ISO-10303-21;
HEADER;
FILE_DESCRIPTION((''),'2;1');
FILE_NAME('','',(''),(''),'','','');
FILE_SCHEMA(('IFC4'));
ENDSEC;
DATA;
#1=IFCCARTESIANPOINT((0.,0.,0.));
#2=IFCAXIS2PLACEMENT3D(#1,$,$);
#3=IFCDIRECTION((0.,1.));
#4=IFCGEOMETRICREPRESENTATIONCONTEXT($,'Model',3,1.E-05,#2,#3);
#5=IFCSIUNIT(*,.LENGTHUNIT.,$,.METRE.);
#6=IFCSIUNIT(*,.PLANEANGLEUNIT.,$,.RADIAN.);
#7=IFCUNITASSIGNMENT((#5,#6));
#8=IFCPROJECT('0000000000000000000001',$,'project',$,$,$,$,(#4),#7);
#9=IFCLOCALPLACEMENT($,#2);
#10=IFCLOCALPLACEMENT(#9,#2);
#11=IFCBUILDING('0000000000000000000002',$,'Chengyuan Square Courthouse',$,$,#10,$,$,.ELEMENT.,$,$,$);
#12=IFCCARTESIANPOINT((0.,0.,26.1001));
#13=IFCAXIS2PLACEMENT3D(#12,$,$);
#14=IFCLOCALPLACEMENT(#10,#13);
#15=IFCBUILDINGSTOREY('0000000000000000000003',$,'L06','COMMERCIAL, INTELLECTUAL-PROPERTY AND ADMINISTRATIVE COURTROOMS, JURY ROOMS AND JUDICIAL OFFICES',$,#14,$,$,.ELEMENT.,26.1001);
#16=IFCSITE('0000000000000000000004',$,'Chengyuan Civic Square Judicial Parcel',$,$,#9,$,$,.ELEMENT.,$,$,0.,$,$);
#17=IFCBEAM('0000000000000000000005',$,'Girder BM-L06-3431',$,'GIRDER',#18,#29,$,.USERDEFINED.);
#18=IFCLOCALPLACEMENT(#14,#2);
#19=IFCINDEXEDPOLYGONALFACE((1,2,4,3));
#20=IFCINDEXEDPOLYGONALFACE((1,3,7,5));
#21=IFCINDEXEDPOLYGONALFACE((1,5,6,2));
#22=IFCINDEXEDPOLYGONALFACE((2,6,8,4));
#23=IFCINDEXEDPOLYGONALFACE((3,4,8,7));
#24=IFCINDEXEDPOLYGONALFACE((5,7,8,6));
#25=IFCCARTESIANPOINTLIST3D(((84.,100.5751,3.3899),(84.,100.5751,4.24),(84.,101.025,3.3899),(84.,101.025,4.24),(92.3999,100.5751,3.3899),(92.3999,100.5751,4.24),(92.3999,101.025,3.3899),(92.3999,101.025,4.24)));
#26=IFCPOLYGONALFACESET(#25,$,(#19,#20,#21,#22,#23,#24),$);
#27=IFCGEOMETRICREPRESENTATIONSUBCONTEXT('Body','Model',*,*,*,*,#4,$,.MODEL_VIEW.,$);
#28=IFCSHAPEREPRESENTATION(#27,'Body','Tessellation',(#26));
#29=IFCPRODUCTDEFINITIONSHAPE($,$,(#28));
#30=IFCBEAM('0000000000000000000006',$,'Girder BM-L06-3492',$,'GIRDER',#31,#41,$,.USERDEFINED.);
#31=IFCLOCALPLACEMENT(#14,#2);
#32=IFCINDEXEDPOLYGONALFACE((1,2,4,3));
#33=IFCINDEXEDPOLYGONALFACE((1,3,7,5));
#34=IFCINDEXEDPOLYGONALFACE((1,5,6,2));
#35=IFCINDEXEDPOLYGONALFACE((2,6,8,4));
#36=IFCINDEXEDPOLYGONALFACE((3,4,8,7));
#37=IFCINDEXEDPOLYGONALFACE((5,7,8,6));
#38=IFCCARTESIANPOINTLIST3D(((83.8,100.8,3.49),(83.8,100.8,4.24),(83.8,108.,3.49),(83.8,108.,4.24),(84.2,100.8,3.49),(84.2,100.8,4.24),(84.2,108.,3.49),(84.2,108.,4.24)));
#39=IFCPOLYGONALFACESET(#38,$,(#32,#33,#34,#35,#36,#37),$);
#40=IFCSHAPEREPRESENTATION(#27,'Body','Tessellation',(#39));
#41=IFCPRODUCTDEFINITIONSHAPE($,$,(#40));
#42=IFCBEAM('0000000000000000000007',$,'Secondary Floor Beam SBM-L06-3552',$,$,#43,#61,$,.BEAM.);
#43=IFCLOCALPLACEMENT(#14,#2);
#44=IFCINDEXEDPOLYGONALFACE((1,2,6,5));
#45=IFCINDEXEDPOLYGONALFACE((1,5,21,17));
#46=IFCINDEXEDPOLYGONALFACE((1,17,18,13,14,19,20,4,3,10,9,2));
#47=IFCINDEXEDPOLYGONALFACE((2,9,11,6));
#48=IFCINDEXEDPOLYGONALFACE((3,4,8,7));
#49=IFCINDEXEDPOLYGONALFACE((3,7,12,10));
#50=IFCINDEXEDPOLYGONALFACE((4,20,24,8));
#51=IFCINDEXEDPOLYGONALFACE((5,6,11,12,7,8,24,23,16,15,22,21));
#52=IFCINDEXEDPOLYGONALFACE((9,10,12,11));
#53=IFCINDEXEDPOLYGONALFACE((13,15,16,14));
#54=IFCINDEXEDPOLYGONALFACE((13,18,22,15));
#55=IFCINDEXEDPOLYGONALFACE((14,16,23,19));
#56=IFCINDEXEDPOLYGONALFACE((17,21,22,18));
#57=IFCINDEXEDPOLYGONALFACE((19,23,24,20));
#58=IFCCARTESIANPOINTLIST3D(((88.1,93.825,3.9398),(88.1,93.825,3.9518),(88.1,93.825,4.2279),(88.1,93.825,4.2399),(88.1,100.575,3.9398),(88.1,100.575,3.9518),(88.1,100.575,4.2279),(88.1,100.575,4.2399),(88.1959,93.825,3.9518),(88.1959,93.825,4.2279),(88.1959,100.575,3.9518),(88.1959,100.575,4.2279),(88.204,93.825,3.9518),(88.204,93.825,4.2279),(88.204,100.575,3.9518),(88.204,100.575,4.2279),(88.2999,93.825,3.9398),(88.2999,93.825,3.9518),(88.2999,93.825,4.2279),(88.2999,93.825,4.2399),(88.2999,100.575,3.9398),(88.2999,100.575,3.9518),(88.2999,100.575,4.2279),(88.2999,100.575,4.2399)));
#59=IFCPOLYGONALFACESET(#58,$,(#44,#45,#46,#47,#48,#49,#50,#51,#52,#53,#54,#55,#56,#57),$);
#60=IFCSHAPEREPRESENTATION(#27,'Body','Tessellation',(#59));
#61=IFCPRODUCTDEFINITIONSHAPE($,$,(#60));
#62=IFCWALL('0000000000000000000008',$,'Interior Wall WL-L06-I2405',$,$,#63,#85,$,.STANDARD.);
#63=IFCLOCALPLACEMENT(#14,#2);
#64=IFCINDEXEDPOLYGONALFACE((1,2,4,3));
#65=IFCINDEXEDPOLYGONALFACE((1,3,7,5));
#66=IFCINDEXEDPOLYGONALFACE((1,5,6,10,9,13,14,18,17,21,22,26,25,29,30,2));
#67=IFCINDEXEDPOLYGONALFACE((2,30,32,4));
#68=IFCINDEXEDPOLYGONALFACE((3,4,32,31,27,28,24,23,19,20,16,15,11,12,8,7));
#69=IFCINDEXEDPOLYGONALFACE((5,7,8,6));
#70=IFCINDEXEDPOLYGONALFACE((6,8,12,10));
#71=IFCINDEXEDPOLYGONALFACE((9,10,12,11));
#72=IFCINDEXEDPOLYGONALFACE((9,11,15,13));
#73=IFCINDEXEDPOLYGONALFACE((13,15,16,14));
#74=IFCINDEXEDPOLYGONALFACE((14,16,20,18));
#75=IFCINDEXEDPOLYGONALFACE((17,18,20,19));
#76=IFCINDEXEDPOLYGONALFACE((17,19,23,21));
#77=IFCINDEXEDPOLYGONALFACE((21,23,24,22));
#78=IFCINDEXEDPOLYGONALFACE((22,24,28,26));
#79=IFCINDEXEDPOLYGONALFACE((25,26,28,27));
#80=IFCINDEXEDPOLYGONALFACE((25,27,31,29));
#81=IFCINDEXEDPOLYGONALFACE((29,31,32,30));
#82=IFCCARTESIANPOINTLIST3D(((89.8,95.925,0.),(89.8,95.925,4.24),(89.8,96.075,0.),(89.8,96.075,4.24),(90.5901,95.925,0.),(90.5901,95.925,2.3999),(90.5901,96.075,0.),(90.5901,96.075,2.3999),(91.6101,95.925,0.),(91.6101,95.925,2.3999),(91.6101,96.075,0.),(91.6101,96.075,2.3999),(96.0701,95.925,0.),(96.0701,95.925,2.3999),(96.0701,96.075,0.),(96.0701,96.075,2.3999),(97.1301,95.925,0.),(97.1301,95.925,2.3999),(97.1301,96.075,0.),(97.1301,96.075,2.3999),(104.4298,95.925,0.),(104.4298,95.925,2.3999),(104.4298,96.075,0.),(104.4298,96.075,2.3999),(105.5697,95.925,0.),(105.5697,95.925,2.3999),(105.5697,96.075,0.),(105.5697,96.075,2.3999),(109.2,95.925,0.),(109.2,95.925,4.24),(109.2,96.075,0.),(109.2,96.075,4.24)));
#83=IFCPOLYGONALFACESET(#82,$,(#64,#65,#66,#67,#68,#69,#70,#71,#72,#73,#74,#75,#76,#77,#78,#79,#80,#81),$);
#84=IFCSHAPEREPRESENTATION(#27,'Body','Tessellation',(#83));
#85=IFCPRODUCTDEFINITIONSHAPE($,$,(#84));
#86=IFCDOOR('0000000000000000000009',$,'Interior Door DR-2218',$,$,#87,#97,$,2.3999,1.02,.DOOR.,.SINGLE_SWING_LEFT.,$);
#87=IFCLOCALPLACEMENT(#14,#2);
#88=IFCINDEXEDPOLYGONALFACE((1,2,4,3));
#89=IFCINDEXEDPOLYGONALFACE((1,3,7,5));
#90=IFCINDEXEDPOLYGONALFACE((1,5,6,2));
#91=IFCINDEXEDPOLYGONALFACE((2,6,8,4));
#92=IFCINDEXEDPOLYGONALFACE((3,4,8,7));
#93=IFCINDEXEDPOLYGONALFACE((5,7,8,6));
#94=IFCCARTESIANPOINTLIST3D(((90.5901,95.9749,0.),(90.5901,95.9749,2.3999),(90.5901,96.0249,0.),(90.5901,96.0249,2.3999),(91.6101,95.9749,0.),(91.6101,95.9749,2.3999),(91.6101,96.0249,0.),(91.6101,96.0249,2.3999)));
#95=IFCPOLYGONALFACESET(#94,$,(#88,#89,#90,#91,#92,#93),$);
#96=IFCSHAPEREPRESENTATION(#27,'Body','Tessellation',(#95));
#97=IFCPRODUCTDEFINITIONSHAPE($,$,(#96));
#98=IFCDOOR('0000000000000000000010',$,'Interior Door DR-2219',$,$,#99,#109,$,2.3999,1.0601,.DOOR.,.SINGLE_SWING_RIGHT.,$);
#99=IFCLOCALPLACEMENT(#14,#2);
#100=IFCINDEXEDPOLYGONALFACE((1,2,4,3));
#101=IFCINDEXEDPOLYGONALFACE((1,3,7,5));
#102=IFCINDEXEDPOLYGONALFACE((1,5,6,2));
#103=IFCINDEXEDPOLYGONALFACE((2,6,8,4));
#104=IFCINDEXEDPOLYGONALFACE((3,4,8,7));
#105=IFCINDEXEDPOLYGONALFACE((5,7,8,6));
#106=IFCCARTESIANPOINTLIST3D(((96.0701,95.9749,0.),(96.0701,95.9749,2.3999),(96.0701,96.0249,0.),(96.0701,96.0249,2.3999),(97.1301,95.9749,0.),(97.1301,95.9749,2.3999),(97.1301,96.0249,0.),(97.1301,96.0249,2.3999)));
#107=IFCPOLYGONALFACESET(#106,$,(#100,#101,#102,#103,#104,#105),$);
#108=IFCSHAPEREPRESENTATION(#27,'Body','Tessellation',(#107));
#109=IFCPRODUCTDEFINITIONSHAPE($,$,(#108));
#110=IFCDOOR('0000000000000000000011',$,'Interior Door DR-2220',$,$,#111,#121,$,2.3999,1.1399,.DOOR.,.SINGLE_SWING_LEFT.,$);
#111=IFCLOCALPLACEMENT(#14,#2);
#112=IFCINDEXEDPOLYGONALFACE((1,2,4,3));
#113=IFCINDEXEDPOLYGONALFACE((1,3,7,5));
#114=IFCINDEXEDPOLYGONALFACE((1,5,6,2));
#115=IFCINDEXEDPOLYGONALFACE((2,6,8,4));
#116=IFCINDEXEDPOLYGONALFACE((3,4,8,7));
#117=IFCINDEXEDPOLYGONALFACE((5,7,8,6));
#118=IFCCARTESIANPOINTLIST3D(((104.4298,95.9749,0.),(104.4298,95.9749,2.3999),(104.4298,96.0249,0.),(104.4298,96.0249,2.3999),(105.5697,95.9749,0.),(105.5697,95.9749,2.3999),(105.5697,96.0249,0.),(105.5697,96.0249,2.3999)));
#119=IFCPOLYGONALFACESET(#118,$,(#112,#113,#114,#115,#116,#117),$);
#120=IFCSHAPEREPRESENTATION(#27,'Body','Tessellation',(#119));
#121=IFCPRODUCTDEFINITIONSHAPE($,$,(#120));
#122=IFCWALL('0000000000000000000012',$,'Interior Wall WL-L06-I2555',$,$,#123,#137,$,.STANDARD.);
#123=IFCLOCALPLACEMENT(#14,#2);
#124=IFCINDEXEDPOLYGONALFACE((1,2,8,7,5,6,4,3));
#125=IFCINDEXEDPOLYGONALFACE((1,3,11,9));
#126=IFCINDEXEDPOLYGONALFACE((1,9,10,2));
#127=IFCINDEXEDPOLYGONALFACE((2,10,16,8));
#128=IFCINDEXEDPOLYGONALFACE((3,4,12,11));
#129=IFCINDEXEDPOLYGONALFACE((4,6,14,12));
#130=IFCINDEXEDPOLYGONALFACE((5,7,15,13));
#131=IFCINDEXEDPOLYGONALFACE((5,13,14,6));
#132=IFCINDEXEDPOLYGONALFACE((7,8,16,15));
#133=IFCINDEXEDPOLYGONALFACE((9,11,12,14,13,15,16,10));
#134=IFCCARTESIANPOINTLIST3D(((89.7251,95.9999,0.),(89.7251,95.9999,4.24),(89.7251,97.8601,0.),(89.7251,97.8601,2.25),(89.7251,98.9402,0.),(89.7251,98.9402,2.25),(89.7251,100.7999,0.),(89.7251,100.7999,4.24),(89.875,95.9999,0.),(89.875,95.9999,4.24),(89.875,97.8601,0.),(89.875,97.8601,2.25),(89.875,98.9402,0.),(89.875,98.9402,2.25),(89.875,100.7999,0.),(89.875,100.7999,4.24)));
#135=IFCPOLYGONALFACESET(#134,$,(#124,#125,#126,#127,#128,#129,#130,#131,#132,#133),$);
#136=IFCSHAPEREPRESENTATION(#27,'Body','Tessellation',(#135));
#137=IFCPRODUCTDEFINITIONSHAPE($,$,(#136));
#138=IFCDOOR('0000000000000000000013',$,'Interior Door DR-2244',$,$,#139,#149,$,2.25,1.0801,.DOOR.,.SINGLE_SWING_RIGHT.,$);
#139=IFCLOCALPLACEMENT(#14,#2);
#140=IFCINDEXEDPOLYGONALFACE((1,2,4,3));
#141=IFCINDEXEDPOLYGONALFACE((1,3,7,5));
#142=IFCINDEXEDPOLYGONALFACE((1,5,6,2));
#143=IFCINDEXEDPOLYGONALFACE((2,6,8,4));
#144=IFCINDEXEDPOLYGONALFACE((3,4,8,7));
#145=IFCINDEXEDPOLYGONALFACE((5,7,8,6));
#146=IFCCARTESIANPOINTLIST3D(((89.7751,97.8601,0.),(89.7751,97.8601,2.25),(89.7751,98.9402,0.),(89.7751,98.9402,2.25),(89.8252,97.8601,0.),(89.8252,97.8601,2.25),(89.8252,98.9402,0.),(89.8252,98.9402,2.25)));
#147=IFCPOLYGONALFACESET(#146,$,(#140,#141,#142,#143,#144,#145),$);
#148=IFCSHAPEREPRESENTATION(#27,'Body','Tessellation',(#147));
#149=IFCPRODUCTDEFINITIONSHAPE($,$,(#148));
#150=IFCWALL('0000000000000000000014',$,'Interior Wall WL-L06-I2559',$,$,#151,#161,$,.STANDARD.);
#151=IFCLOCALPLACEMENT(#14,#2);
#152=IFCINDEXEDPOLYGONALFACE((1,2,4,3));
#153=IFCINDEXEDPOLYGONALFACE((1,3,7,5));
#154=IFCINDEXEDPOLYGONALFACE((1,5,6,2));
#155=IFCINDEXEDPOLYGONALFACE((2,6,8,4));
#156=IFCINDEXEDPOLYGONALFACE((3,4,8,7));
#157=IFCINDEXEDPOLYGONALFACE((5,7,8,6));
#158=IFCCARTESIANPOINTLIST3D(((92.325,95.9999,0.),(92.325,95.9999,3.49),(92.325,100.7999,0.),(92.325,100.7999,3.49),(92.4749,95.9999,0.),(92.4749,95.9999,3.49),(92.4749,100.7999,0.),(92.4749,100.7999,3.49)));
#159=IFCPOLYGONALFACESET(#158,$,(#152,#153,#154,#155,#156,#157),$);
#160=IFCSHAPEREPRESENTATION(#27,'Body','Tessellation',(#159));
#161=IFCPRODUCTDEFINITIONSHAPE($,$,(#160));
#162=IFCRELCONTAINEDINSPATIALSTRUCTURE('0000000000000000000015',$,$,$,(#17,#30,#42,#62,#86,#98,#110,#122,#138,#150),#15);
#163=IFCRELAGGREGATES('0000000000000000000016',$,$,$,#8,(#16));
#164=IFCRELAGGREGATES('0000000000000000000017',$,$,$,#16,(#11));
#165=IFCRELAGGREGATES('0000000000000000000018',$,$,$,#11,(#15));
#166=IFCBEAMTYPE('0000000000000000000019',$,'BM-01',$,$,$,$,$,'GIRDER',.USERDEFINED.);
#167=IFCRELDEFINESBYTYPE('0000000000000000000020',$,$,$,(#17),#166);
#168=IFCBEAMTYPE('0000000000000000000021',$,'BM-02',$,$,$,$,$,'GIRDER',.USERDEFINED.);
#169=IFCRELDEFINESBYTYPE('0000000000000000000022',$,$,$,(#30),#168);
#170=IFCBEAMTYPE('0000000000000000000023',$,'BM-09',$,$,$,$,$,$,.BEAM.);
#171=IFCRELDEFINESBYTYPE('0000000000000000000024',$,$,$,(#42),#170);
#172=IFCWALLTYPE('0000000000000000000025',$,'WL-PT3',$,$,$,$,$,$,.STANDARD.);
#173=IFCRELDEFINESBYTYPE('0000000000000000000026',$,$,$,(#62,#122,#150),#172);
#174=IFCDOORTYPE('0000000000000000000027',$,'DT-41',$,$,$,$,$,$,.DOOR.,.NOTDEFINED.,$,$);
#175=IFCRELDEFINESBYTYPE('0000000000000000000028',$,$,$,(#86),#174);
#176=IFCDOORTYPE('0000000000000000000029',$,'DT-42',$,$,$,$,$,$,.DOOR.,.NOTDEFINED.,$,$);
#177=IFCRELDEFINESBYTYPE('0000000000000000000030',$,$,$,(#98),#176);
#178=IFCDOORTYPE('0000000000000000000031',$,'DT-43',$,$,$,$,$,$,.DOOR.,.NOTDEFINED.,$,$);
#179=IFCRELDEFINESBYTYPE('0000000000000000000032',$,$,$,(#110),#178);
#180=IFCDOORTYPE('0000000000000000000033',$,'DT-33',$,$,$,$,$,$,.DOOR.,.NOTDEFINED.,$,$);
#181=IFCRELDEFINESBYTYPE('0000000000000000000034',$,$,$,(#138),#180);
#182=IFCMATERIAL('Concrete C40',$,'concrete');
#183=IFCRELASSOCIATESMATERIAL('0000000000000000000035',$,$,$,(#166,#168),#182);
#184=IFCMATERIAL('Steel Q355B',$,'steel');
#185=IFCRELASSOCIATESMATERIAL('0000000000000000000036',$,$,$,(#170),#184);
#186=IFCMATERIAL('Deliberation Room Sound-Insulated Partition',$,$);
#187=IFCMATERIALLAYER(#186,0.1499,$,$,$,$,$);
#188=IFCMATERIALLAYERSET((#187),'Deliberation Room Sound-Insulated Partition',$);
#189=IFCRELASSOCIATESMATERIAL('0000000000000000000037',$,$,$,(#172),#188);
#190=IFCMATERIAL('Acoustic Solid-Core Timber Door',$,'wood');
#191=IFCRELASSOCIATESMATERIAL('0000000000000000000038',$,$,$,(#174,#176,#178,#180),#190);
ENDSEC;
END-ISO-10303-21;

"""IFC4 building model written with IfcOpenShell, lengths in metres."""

from ifc_helpers import new_model, si_unit, direction, frame, frame_2d, origin, origin_2d, place, context, subcontext, project, spatial, rectangle, i_section, extrude, material, layer, layer_set, material_profile, profile_set, type_object, element, fill, save


model = new_model("IFC4")

# Units and contexts
model_context = context("Model", 3, precision=1e-05, world=origin(), true_north=direction((0.0, 1.0)))
body_context = subcontext(model_context, "Body", "Model", "MODEL_VIEW")
ifc_project = project(units=[si_unit("LENGTHUNIT", "METRE"), si_unit("PLANEANGLEUNIT", "RADIAN")], contexts=[model_context])

# Site, building, storey
site_placement = place(None, origin())
site = spatial("IfcSite", under=ifc_project, at=site_placement, Name="Chengyuan Civic Square Judicial Parcel", CompositionType="ELEMENT", RefElevation=0.0)
building_placement = place(site_placement, origin())
building = spatial("IfcBuilding", under=site, at=building_placement, Name="Chengyuan Square Courthouse", CompositionType="ELEMENT")
storey_placement = place(building_placement, frame((0.0, 0.0, 26.1001)))
storey = spatial("IfcBuildingStorey", under=building, at=storey_placement, Name="L06", Description="COMMERCIAL, INTELLECTUAL-PROPERTY AND ADMINISTRATIVE COURTROOMS, JURY ROOMS AND JUDICIAL OFFICES", CompositionType="ELEMENT", Elevation=26.1001)

# Beams
ifc_material_1 = material(Name="Concrete C40", Category="concrete")
ifc_material_profile_1 = material_profile(ifc_material_1, rectangle(XDim=0.45, YDim=0.8501, at=origin_2d()), Name="RC-BM-450x850")
ifc_profile_set_1 = profile_set([ifc_material_profile_1], Name="Concrete C40")
beam_type_1 = type_object("IfcBeamType", Name="BM-01", ElementType="GIRDER", PredefinedType="USERDEFINED", material=ifc_profile_set_1)
beam_1_placement = place(storey_placement, frame((84.0, 100.8, 3.8149), z_axis=(1.0, 0.0, 0.0), x_axis=(0.0, 1.0, 0.0)))
element("IfcBeam", 1, at=beam_1_placement, inside=storey, type_object=beam_type_1, Name="Girder BM-L06-3431", ObjectType="GIRDER", PredefinedType="USERDEFINED", context=body_context, shape_type="SweptSolid", body=[
    extrude(rectangle(XDim=0.45, YDim=0.8501, at=origin_2d()), origin(), (0.0, 0.0, 1.0), 8.3999),
])
ifc_material_profile_2 = material_profile(ifc_material_1, rectangle(XDim=0.3999, YDim=0.75, at=origin_2d()), Name="RC-BM-400x750")
ifc_profile_set_2 = profile_set([ifc_material_profile_2], Name="Concrete C40")
beam_type_2 = type_object("IfcBeamType", Name="BM-02", ElementType="GIRDER", PredefinedType="USERDEFINED", material=ifc_profile_set_2)
beam_2_placement = place(storey_placement, frame((84.0, 100.8, 3.865), z_axis=(0.0, 1.0, 0.0), x_axis=(-1.0, 0.0, 0.0)))
element("IfcBeam", 2, at=beam_2_placement, inside=storey, type_object=beam_type_2, Name="Girder BM-L06-3492", ObjectType="GIRDER", PredefinedType="USERDEFINED", context=body_context, shape_type="SweptSolid", body=[
    extrude(rectangle(XDim=0.3999, YDim=0.75, at=origin_2d()), origin(), (0.0, 0.0, 1.0), 7.2),
])
ifc_material_2 = material(Name="Steel Q355B", Category="steel")
ifc_material_profile_3 = material_profile(ifc_material_2, i_section(OverallWidth=0.2, OverallDepth=0.3, WebThickness=0.0081, FlangeThickness=0.012, at=origin_2d()), Name="HM 300x200x8x12")
ifc_profile_set_3 = profile_set([ifc_material_profile_3], Name="Steel Q355B")
beam_type_3 = type_object("IfcBeamType", Name="BM-09", PredefinedType="BEAM", material=ifc_profile_set_3)
beam_3_placement = place(storey_placement, frame((88.2, 93.825, 4.0898), z_axis=(0.0, 1.0, 0.0), x_axis=(-1.0, 0.0, 0.0)))
element("IfcBeam", 3, at=beam_3_placement, inside=storey, type_object=beam_type_3, Name="Secondary Floor Beam SBM-L06-3552", PredefinedType="BEAM", context=body_context, shape_type="SweptSolid", body=[
    extrude(i_section(OverallWidth=0.2, OverallDepth=0.3, WebThickness=0.0081, FlangeThickness=0.012, at=origin_2d()), origin(), (0.0, 0.0, 1.0), 6.75),
])

# Wall, openings, doors
ifc_material_3 = material(Name="Deliberation Room Sound-Insulated Partition")
ifc_layer_1 = layer(ifc_material_3, 0.1499)
ifc_layer_set_1 = layer_set([ifc_layer_1], Name="Deliberation Room Sound-Insulated Partition")
wall_type_1 = type_object("IfcWallType", Name="WL-PT3", PredefinedType="STANDARD", material=ifc_layer_set_1)
wall_1_placement = place(storey_placement, frame((89.8, 96.0, 0.0), z_axis=(0.0, 0.0, 1.0), x_axis=(1.0, 0.0, 0.0)))
wall_1 = element("IfcWall", 4, at=wall_1_placement, inside=storey, type_object=wall_type_1, Name="Interior Wall WL-L06-I2405", PredefinedType="STANDARD", context=body_context, shape_type="SweptSolid", body=[
    extrude(rectangle(XDim=19.3999, YDim=0.1499, at=frame_2d((9.7, 0.0))), origin(), (0.0, 0.0, 1.0), 4.24),
])
opening_1_placement = place(wall_1_placement, frame((0.79, 0.0, 0.0)))
opening_1 = element("IfcOpeningElement", 5, at=opening_1_placement, cuts=wall_1, PredefinedType="OPENING", context=body_context, shape_type="SweptSolid", body=[
    extrude(rectangle(XDim=1.02, YDim=2.3999, at=frame_2d((0.51, 1.2))), frame((0.0, 0.0869, 0.0), z_axis=(0.0, -1.0, 0.0), x_axis=(1.0, 0.0, 0.0)), (0.0, 0.0, 1.0), 0.1738),
])
opening_2_placement = place(wall_1_placement, frame((6.27, 0.0, 0.0)))
opening_2 = element("IfcOpeningElement", 6, at=opening_2_placement, cuts=wall_1, PredefinedType="OPENING", context=body_context, shape_type="SweptSolid", body=[
    extrude(rectangle(XDim=1.0601, YDim=2.3999, at=frame_2d((0.53, 1.2))), frame((0.0, 0.0869, 0.0), z_axis=(0.0, -1.0, 0.0), x_axis=(1.0, 0.0, 0.0)), (0.0, 0.0, 1.0), 0.1738),
])
opening_3_placement = place(wall_1_placement, frame((14.6299, 0.0, 0.0)))
opening_3 = element("IfcOpeningElement", 7, at=opening_3_placement, cuts=wall_1, PredefinedType="OPENING", context=body_context, shape_type="SweptSolid", body=[
    extrude(rectangle(XDim=1.1399, YDim=2.3999, at=frame_2d((0.5698, 1.2))), frame((0.0, 0.0869, 0.0), z_axis=(0.0, -1.0, 0.0), x_axis=(1.0, 0.0, 0.0)), (0.0, 0.0, 1.0), 0.1738),
])
ifc_material_4 = material(Name="Acoustic Solid-Core Timber Door", Category="wood")
door_type_1 = type_object("IfcDoorType", Name="DT-41", OperationType="NOTDEFINED", PredefinedType="DOOR", material=ifc_material_4)
door_1_placement = place(opening_1_placement, origin())
door_1 = element("IfcDoor", 8, at=door_1_placement, inside=storey, type_object=door_type_1, Name="Interior Door DR-2218", OperationType="SINGLE_SWING_LEFT", OverallHeight=2.3999, OverallWidth=1.02, PredefinedType="DOOR", context=body_context, shape_type="SweptSolid", body=[
    extrude(rectangle(XDim=1.02, YDim=2.3999, at=frame_2d((0.51, 1.2))), frame((0.0, 0.0249, 0.0), z_axis=(0.0, -1.0, 0.0), x_axis=(1.0, 0.0, 0.0)), (0.0, 0.0, 1.0), 0.05),
])
fill(opening_1, door_1)
door_type_2 = type_object("IfcDoorType", Name="DT-42", OperationType="NOTDEFINED", PredefinedType="DOOR", material=ifc_material_4)
door_2_placement = place(opening_2_placement, origin())
door_2 = element("IfcDoor", 9, at=door_2_placement, inside=storey, type_object=door_type_2, Name="Interior Door DR-2219", OperationType="SINGLE_SWING_RIGHT", OverallHeight=2.3999, OverallWidth=1.0601, PredefinedType="DOOR", context=body_context, shape_type="SweptSolid", body=[
    extrude(rectangle(XDim=1.0601, YDim=2.3999, at=frame_2d((0.53, 1.2))), frame((0.0, 0.0249, 0.0), z_axis=(0.0, -1.0, 0.0), x_axis=(1.0, 0.0, 0.0)), (0.0, 0.0, 1.0), 0.05),
])
fill(opening_2, door_2)
door_type_3 = type_object("IfcDoorType", Name="DT-43", OperationType="NOTDEFINED", PredefinedType="DOOR", material=ifc_material_4)
door_3_placement = place(opening_3_placement, origin())
door_3 = element("IfcDoor", 10, at=door_3_placement, inside=storey, type_object=door_type_3, Name="Interior Door DR-2220", OperationType="SINGLE_SWING_LEFT", OverallHeight=2.3999, OverallWidth=1.1399, PredefinedType="DOOR", context=body_context, shape_type="SweptSolid", body=[
    extrude(rectangle(XDim=1.1399, YDim=2.3999, at=frame_2d((0.5698, 1.2))), frame((0.0, 0.0249, 0.0), z_axis=(0.0, -1.0, 0.0), x_axis=(1.0, 0.0, 0.0)), (0.0, 0.0, 1.0), 0.05),
])
fill(opening_3, door_3)

# Wall, opening, door
wall_2_placement = place(storey_placement, frame((89.8, 96.0, 0.0), z_axis=(0.0, 0.0, 1.0), x_axis=(0.0, 1.0, 0.0)))
wall_2 = element("IfcWall", 11, at=wall_2_placement, inside=storey, type_object=wall_type_1, Name="Interior Wall WL-L06-I2555", PredefinedType="STANDARD", context=body_context, shape_type="SweptSolid", body=[
    extrude(rectangle(XDim=4.8, YDim=0.1499, at=frame_2d((2.3999, 0.0))), origin(), (0.0, 0.0, 1.0), 4.24),
])
opening_4_placement = place(wall_2_placement, frame((1.8601, 0.0, 0.0)))
opening_4 = element("IfcOpeningElement", 12, at=opening_4_placement, cuts=wall_2, PredefinedType="OPENING", context=body_context, shape_type="SweptSolid", body=[
    extrude(rectangle(XDim=1.0801, YDim=2.25, at=frame_2d((0.54, 1.125))), frame((0.0, 0.0869, 0.0), z_axis=(0.0, -1.0, 0.0), x_axis=(1.0, 0.0, 0.0)), (0.0, 0.0, 1.0), 0.1738),
])
door_type_4 = type_object("IfcDoorType", Name="DT-33", OperationType="NOTDEFINED", PredefinedType="DOOR", material=ifc_material_4)
door_4_placement = place(opening_4_placement, origin())
door_4 = element("IfcDoor", 13, at=door_4_placement, inside=storey, type_object=door_type_4, Name="Interior Door DR-2244", OperationType="SINGLE_SWING_RIGHT", OverallHeight=2.25, OverallWidth=1.0801, PredefinedType="DOOR", context=body_context, shape_type="SweptSolid", body=[
    extrude(rectangle(XDim=1.0801, YDim=2.25, at=frame_2d((0.54, 1.125))), frame((0.0, 0.0249, 0.0), z_axis=(0.0, -1.0, 0.0), x_axis=(1.0, 0.0, 0.0)), (0.0, 0.0, 1.0), 0.05),
])
fill(opening_4, door_4)

# Wall
wall_3_placement = place(storey_placement, frame((92.3999, 96.0, 0.0), z_axis=(0.0, 0.0, 1.0), x_axis=(0.0, 1.0, 0.0)))
element("IfcWall", 14, at=wall_3_placement, inside=storey, type_object=wall_type_1, Name="Interior Wall WL-L06-I2559", PredefinedType="STANDARD", context=body_context, shape_type="SweptSolid", body=[
    extrude(rectangle(XDim=4.8, YDim=0.1499, at=frame_2d((2.3999, 0.0))), origin(), (0.0, 0.0, 1.0), 3.49),
])

save(model, "model.ifc")
